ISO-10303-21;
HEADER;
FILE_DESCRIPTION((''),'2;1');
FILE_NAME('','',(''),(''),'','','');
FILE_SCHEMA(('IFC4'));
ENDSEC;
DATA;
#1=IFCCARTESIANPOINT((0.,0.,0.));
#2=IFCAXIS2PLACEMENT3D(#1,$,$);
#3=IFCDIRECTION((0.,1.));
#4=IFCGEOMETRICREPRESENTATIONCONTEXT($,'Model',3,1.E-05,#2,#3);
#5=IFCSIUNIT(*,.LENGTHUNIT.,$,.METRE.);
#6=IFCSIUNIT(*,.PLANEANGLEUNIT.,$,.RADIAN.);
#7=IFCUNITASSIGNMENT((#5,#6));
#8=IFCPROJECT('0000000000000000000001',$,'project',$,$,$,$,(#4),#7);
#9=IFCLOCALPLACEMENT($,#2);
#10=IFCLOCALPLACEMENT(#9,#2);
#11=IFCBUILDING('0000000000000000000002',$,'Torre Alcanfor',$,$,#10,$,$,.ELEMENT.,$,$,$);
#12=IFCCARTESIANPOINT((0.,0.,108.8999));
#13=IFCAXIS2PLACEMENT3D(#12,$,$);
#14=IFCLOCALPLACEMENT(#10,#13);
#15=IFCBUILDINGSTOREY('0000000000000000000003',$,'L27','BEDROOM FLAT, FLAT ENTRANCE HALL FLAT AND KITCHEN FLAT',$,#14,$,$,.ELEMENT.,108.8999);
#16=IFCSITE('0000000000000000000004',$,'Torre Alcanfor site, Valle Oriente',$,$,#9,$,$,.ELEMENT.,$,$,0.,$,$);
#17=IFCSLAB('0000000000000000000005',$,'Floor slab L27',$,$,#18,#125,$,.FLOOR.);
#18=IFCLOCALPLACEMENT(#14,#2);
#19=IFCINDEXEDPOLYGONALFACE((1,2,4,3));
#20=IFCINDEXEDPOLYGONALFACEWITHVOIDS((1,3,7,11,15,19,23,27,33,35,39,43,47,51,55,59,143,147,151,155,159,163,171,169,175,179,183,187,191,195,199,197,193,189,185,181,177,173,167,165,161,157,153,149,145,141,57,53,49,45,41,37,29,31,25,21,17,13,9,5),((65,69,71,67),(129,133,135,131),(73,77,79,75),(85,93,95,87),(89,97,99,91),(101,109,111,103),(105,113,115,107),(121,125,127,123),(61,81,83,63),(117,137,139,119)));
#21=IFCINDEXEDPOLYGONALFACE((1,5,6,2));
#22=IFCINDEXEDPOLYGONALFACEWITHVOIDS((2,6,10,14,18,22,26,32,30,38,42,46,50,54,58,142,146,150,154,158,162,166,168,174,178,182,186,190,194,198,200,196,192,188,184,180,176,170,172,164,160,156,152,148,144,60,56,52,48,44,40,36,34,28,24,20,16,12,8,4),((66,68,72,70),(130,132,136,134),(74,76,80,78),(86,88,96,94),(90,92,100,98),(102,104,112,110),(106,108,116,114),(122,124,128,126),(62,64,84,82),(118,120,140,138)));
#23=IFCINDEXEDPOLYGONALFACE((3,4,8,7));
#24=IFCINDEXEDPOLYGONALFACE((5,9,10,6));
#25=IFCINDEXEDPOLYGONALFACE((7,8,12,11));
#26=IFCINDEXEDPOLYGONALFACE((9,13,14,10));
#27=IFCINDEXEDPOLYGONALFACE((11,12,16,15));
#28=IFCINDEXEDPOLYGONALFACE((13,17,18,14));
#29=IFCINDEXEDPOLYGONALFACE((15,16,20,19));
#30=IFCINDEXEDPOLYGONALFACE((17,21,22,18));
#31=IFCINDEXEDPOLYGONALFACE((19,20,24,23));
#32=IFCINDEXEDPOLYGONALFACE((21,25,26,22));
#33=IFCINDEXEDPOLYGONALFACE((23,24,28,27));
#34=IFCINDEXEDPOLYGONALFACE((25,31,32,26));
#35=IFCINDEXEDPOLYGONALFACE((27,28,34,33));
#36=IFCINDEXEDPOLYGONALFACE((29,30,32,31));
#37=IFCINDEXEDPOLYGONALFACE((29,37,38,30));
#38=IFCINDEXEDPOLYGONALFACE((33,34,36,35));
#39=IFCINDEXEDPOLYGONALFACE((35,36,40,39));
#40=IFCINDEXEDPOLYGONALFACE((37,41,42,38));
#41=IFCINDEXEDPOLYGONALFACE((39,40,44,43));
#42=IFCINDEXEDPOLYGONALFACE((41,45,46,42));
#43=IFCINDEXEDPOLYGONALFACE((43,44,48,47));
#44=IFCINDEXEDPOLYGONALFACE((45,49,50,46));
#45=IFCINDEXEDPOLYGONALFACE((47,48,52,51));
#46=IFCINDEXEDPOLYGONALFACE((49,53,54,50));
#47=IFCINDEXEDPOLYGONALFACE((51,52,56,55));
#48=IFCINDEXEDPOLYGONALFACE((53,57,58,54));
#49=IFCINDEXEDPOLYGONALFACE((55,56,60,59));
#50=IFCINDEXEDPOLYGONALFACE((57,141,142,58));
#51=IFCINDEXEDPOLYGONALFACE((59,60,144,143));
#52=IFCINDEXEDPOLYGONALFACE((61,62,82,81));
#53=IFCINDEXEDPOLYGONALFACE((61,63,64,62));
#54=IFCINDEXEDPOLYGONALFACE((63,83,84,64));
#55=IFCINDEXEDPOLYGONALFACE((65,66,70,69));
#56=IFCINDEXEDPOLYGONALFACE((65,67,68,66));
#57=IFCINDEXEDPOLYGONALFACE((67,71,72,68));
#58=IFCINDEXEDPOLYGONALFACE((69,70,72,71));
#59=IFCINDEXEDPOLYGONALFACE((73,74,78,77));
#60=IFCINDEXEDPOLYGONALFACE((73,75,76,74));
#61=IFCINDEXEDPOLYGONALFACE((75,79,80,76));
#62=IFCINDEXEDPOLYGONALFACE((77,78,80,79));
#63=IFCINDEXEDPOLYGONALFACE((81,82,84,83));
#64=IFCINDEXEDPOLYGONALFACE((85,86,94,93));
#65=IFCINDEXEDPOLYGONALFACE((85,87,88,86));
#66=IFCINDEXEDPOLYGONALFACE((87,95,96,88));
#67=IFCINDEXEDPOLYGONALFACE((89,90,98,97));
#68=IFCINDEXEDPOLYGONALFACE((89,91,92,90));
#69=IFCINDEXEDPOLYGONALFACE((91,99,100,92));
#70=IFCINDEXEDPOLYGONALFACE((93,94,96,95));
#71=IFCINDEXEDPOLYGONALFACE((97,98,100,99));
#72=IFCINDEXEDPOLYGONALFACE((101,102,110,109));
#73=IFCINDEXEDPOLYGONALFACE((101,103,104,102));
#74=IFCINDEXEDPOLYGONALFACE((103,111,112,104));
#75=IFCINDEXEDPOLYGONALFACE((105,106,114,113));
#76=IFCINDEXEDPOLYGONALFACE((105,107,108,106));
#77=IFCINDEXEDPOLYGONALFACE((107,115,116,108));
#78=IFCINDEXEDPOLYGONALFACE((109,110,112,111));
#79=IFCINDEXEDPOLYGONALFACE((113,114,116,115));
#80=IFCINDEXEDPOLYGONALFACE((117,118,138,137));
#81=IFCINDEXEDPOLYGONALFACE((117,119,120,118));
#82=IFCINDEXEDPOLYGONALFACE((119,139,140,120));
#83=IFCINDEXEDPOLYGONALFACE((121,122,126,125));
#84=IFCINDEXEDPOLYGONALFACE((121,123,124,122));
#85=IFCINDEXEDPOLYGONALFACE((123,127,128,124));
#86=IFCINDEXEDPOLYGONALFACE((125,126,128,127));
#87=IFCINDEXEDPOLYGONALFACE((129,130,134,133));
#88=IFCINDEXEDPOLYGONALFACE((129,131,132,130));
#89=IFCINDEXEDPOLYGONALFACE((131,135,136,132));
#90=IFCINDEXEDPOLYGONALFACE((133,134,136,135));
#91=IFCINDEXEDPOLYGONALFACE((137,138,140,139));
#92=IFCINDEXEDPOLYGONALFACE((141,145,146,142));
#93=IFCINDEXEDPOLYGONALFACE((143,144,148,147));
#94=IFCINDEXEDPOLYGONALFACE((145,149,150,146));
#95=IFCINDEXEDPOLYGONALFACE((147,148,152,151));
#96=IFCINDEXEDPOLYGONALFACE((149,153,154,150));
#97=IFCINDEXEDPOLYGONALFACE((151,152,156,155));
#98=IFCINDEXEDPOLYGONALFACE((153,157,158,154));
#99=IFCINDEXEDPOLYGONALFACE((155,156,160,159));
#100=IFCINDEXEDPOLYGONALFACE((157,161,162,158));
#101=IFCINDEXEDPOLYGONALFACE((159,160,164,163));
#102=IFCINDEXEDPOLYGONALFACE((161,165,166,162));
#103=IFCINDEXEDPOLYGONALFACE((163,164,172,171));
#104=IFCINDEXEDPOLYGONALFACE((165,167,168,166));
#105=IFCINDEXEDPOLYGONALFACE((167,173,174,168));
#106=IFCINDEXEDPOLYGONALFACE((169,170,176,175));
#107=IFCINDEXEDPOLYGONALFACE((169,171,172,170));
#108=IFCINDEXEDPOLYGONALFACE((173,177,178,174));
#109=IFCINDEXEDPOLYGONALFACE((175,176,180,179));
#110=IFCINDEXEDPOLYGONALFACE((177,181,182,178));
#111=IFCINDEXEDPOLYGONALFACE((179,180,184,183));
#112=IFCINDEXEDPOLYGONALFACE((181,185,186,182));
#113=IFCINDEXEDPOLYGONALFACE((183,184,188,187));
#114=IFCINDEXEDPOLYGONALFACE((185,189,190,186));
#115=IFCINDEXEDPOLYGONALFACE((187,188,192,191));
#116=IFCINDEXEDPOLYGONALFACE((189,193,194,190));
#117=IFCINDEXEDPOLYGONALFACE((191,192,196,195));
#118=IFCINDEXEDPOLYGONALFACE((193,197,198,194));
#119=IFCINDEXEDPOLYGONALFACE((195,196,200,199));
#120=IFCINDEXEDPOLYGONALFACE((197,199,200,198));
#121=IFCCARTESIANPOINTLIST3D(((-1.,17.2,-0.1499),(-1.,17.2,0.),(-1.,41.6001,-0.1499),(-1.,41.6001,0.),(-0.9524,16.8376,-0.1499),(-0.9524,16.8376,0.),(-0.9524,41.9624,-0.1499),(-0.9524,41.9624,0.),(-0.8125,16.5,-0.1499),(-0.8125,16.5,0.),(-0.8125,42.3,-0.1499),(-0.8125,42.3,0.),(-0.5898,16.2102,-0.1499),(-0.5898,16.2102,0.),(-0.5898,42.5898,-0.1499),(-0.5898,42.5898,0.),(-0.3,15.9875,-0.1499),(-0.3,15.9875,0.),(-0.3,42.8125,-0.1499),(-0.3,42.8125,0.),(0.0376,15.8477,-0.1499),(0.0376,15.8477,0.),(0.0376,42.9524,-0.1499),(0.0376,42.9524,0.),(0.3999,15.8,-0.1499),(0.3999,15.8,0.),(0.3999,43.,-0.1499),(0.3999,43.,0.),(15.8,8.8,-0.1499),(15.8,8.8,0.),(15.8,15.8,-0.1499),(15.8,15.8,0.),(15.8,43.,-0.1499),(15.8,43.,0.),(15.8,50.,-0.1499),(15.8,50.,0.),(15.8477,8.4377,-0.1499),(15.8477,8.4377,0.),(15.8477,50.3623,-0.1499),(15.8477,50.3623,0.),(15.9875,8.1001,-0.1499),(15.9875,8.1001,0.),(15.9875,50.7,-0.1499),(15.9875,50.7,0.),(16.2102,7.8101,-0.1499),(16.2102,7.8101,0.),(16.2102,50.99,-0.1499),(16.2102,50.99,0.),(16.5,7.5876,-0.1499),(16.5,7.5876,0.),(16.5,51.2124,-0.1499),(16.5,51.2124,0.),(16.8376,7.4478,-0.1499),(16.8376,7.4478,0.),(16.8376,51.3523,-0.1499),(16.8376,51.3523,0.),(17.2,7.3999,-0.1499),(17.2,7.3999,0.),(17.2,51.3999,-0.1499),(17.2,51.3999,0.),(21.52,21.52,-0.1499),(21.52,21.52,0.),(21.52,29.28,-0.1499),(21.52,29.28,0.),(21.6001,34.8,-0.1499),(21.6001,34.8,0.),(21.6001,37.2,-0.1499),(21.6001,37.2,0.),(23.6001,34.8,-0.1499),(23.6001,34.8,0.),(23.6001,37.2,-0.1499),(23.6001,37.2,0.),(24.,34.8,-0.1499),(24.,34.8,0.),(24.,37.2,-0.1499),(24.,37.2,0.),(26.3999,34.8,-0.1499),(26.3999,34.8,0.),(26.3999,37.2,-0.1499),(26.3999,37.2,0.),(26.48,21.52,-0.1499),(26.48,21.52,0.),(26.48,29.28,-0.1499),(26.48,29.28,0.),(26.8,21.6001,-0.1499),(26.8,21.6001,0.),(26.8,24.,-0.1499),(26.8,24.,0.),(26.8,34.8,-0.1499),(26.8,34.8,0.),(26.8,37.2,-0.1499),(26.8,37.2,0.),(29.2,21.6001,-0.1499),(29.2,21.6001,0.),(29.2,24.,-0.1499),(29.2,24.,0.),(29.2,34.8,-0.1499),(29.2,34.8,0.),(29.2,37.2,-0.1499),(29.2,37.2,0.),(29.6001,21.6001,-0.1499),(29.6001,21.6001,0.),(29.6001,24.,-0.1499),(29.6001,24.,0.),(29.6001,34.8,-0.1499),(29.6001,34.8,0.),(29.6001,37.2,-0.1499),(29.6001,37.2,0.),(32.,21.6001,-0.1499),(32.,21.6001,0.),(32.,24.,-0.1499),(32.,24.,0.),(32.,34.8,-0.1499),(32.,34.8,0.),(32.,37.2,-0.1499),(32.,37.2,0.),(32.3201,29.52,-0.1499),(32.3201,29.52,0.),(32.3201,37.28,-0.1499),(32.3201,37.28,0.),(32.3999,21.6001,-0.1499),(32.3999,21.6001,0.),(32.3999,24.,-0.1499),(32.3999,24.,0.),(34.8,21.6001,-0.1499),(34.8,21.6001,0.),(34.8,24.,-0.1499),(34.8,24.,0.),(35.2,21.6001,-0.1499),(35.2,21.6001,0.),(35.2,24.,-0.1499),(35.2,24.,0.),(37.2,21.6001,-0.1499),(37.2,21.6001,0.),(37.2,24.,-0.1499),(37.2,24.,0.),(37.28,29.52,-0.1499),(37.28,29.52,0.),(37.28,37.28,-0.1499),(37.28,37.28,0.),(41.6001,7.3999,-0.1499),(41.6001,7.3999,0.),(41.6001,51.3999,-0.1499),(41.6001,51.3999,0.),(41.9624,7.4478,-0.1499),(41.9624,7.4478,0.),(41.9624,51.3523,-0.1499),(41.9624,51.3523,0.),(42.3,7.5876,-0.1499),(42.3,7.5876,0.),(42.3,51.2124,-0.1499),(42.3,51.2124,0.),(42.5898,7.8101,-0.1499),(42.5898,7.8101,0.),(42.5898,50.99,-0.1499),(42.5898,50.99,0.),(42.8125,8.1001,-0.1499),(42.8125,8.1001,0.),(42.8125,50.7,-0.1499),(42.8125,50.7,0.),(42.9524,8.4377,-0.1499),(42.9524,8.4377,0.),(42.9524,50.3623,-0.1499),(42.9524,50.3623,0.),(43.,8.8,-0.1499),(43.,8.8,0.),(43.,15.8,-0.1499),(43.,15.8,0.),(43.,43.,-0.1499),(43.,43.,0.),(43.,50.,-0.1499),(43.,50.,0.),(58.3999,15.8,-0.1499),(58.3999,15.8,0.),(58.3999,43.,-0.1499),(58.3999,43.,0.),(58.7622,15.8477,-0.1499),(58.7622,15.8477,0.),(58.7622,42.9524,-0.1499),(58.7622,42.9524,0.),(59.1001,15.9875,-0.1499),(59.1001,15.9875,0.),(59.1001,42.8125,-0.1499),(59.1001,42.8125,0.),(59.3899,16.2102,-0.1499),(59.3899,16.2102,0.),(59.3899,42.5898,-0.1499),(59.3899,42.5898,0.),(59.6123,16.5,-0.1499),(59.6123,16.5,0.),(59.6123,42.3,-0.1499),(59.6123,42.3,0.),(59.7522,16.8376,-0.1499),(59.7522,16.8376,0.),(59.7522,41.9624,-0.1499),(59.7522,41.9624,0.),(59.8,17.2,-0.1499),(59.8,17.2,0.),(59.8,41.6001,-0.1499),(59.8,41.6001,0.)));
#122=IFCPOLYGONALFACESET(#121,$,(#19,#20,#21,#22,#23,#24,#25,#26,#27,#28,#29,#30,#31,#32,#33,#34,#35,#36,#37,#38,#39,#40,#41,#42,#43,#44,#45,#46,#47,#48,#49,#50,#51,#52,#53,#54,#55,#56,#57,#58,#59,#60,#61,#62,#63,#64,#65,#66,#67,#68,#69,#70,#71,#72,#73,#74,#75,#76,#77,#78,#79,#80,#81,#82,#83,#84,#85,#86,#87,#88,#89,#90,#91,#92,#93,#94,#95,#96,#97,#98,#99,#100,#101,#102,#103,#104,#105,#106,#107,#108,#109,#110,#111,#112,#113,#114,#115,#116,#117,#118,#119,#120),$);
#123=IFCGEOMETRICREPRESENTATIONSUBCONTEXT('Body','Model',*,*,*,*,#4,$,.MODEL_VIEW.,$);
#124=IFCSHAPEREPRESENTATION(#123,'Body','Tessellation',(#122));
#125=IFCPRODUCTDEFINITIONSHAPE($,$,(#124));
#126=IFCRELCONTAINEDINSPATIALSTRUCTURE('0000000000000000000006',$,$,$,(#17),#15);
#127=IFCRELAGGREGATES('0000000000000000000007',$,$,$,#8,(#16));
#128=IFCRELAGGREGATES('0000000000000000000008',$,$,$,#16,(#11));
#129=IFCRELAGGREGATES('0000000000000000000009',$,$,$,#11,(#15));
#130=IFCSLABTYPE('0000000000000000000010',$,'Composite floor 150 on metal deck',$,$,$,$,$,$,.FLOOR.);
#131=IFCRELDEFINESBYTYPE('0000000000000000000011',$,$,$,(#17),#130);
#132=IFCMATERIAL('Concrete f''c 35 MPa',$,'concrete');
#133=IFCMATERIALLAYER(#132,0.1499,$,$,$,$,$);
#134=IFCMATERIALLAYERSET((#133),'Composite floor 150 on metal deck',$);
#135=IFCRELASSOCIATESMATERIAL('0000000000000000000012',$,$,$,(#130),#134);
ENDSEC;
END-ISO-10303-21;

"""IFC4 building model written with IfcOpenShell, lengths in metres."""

from ifc_helpers import new_model, si_unit, direction, frame, origin, place, context, subcontext, project, spatial, polyline, outline, extrude, material, layer, layer_set, type_object, element, save


model = new_model("IFC4")

# Units and contexts
model_context = context("Model", 3, precision=1e-05, world=origin(), true_north=direction((0.0, 1.0)))
body_context = subcontext(model_context, "Body", "Model", "MODEL_VIEW")
ifc_project = project(units=[si_unit("LENGTHUNIT", "METRE"), si_unit("PLANEANGLEUNIT", "RADIAN")], contexts=[model_context])

# Site, building, storey
site_placement = place(None, origin())
site = spatial("IfcSite", under=ifc_project, at=site_placement, Name="Torre Alcanfor site, Valle Oriente", CompositionType="ELEMENT", RefElevation=0.0)
building_placement = place(site_placement, origin())
building = spatial("IfcBuilding", under=site, at=building_placement, Name="Torre Alcanfor", CompositionType="ELEMENT")
storey_placement = place(building_placement, frame((0.0, 0.0, 108.8999)))
storey = spatial("IfcBuildingStorey", under=building, at=storey_placement, Name="L27", Description="BEDROOM FLAT, FLAT ENTRANCE HALL FLAT AND KITCHEN FLAT", CompositionType="ELEMENT", Elevation=108.8999)

# Slab
ifc_material_1 = material(Name="Concrete f'c 35 MPa", Category="concrete")
ifc_layer_1 = layer(ifc_material_1, 0.1499)
ifc_layer_set_1 = layer_set([ifc_layer_1], Name="Composite floor 150 on metal deck")
slab_type_1 = type_object("IfcSlabType", Name="Composite floor 150 on metal deck", PredefinedType="FLOOR", material=ifc_layer_set_1)
slab_1_placement = place(storey_placement, frame((0.0, 0.0, -0.1499)))
element("IfcSlab", 1, at=slab_1_placement, inside=storey, type_object=slab_type_1, Name="Floor slab L27", PredefinedType="FLOOR", context=body_context, shape_type="SweptSolid", body=[
    extrude(outline(polyline([(15.8, 43.0), (0.3999, 43.0), (0.0376, 42.9524), (-0.3, 42.8125), (-0.5898, 42.5898), (-0.8125, 42.3), (-0.9524, 41.9624), (-1.0, 41.6001), (-1.0, 17.2), (-0.9524, 16.8376), (-0.8125, 16.5), (-0.5898, 16.2102), (-0.3, 15.9875), (0.0376, 15.8477), (0.3999, 15.8), (15.8, 15.8), (15.8, 8.8), (15.8477, 8.4377), (15.9875, 8.1001), (16.2102, 7.8101), (16.5, 7.5876), (16.8376, 7.4478), (17.2, 7.3999), (41.6001, 7.3999), (41.9624, 7.4478), (42.3, 7.5876), (42.5898, 7.8101), (42.8125, 8.1001), (42.9524, 8.4377), (43.0, 8.8), (43.0, 15.8), (58.3999, 15.8), (58.7622, 15.8477), (59.1001, 15.9875), (59.3899, 16.2102), (59.6123, 16.5), (59.7522, 16.8376), (59.8, 17.2), (59.8, 41.6001), (59.7522, 41.9624), (59.6123, 42.3), (59.3899, 42.5898), (59.1001, 42.8125), (58.7622, 42.9524), (58.3999, 43.0), (43.0, 43.0), (43.0, 50.0), (42.9524, 50.3623), (42.8125, 50.7), (42.5898, 50.99), (42.3, 51.2124), (41.9624, 51.3523), (41.6001, 51.3999), (17.2, 51.3999), (16.8376, 51.3523), (16.5, 51.2124), (16.2102, 50.99), (15.9875, 50.7), (15.8477, 50.3623), (15.8, 50.0), (15.8, 43.0)]), holes=[polyline([(21.52, 21.52), (26.48, 21.52), (26.48, 29.28), (21.52, 29.28), (21.52, 21.52)]), polyline([(32.3201, 29.52), (37.28, 29.52), (37.28, 37.28), (32.3201, 37.28), (32.3201, 29.52)]), polyline([(26.8, 21.6001), (29.2, 21.6001), (29.2, 24.0), (26.8, 24.0), (26.8, 21.6001)]), polyline([(29.6001, 21.6001), (32.0, 21.6001), (32.0, 24.0), (29.6001, 24.0), (29.6001, 21.6001)]), polyline([(32.3999, 21.6001), (34.8, 21.6001), (34.8, 24.0), (32.3999, 24.0), (32.3999, 21.6001)]), polyline([(35.2, 21.6001), (37.2, 21.6001), (37.2, 24.0), (35.2, 24.0), (35.2, 21.6001)]), polyline([(21.6001, 34.8), (23.6001, 34.8), (23.6001, 37.2), (21.6001, 37.2), (21.6001, 34.8)]), polyline([(24.0, 34.8), (26.3999, 34.8), (26.3999, 37.2), (24.0, 37.2), (24.0, 34.8)]), polyline([(26.8, 34.8), (29.2, 34.8), (29.2, 37.2), (26.8, 37.2), (26.8, 34.8)]), polyline([(29.6001, 34.8), (32.0, 34.8), (32.0, 37.2), (29.6001, 37.2), (29.6001, 34.8)])]), origin(), (0.0, 0.0, 1.0), 0.1499),
])

save(model, "model.ifc")
